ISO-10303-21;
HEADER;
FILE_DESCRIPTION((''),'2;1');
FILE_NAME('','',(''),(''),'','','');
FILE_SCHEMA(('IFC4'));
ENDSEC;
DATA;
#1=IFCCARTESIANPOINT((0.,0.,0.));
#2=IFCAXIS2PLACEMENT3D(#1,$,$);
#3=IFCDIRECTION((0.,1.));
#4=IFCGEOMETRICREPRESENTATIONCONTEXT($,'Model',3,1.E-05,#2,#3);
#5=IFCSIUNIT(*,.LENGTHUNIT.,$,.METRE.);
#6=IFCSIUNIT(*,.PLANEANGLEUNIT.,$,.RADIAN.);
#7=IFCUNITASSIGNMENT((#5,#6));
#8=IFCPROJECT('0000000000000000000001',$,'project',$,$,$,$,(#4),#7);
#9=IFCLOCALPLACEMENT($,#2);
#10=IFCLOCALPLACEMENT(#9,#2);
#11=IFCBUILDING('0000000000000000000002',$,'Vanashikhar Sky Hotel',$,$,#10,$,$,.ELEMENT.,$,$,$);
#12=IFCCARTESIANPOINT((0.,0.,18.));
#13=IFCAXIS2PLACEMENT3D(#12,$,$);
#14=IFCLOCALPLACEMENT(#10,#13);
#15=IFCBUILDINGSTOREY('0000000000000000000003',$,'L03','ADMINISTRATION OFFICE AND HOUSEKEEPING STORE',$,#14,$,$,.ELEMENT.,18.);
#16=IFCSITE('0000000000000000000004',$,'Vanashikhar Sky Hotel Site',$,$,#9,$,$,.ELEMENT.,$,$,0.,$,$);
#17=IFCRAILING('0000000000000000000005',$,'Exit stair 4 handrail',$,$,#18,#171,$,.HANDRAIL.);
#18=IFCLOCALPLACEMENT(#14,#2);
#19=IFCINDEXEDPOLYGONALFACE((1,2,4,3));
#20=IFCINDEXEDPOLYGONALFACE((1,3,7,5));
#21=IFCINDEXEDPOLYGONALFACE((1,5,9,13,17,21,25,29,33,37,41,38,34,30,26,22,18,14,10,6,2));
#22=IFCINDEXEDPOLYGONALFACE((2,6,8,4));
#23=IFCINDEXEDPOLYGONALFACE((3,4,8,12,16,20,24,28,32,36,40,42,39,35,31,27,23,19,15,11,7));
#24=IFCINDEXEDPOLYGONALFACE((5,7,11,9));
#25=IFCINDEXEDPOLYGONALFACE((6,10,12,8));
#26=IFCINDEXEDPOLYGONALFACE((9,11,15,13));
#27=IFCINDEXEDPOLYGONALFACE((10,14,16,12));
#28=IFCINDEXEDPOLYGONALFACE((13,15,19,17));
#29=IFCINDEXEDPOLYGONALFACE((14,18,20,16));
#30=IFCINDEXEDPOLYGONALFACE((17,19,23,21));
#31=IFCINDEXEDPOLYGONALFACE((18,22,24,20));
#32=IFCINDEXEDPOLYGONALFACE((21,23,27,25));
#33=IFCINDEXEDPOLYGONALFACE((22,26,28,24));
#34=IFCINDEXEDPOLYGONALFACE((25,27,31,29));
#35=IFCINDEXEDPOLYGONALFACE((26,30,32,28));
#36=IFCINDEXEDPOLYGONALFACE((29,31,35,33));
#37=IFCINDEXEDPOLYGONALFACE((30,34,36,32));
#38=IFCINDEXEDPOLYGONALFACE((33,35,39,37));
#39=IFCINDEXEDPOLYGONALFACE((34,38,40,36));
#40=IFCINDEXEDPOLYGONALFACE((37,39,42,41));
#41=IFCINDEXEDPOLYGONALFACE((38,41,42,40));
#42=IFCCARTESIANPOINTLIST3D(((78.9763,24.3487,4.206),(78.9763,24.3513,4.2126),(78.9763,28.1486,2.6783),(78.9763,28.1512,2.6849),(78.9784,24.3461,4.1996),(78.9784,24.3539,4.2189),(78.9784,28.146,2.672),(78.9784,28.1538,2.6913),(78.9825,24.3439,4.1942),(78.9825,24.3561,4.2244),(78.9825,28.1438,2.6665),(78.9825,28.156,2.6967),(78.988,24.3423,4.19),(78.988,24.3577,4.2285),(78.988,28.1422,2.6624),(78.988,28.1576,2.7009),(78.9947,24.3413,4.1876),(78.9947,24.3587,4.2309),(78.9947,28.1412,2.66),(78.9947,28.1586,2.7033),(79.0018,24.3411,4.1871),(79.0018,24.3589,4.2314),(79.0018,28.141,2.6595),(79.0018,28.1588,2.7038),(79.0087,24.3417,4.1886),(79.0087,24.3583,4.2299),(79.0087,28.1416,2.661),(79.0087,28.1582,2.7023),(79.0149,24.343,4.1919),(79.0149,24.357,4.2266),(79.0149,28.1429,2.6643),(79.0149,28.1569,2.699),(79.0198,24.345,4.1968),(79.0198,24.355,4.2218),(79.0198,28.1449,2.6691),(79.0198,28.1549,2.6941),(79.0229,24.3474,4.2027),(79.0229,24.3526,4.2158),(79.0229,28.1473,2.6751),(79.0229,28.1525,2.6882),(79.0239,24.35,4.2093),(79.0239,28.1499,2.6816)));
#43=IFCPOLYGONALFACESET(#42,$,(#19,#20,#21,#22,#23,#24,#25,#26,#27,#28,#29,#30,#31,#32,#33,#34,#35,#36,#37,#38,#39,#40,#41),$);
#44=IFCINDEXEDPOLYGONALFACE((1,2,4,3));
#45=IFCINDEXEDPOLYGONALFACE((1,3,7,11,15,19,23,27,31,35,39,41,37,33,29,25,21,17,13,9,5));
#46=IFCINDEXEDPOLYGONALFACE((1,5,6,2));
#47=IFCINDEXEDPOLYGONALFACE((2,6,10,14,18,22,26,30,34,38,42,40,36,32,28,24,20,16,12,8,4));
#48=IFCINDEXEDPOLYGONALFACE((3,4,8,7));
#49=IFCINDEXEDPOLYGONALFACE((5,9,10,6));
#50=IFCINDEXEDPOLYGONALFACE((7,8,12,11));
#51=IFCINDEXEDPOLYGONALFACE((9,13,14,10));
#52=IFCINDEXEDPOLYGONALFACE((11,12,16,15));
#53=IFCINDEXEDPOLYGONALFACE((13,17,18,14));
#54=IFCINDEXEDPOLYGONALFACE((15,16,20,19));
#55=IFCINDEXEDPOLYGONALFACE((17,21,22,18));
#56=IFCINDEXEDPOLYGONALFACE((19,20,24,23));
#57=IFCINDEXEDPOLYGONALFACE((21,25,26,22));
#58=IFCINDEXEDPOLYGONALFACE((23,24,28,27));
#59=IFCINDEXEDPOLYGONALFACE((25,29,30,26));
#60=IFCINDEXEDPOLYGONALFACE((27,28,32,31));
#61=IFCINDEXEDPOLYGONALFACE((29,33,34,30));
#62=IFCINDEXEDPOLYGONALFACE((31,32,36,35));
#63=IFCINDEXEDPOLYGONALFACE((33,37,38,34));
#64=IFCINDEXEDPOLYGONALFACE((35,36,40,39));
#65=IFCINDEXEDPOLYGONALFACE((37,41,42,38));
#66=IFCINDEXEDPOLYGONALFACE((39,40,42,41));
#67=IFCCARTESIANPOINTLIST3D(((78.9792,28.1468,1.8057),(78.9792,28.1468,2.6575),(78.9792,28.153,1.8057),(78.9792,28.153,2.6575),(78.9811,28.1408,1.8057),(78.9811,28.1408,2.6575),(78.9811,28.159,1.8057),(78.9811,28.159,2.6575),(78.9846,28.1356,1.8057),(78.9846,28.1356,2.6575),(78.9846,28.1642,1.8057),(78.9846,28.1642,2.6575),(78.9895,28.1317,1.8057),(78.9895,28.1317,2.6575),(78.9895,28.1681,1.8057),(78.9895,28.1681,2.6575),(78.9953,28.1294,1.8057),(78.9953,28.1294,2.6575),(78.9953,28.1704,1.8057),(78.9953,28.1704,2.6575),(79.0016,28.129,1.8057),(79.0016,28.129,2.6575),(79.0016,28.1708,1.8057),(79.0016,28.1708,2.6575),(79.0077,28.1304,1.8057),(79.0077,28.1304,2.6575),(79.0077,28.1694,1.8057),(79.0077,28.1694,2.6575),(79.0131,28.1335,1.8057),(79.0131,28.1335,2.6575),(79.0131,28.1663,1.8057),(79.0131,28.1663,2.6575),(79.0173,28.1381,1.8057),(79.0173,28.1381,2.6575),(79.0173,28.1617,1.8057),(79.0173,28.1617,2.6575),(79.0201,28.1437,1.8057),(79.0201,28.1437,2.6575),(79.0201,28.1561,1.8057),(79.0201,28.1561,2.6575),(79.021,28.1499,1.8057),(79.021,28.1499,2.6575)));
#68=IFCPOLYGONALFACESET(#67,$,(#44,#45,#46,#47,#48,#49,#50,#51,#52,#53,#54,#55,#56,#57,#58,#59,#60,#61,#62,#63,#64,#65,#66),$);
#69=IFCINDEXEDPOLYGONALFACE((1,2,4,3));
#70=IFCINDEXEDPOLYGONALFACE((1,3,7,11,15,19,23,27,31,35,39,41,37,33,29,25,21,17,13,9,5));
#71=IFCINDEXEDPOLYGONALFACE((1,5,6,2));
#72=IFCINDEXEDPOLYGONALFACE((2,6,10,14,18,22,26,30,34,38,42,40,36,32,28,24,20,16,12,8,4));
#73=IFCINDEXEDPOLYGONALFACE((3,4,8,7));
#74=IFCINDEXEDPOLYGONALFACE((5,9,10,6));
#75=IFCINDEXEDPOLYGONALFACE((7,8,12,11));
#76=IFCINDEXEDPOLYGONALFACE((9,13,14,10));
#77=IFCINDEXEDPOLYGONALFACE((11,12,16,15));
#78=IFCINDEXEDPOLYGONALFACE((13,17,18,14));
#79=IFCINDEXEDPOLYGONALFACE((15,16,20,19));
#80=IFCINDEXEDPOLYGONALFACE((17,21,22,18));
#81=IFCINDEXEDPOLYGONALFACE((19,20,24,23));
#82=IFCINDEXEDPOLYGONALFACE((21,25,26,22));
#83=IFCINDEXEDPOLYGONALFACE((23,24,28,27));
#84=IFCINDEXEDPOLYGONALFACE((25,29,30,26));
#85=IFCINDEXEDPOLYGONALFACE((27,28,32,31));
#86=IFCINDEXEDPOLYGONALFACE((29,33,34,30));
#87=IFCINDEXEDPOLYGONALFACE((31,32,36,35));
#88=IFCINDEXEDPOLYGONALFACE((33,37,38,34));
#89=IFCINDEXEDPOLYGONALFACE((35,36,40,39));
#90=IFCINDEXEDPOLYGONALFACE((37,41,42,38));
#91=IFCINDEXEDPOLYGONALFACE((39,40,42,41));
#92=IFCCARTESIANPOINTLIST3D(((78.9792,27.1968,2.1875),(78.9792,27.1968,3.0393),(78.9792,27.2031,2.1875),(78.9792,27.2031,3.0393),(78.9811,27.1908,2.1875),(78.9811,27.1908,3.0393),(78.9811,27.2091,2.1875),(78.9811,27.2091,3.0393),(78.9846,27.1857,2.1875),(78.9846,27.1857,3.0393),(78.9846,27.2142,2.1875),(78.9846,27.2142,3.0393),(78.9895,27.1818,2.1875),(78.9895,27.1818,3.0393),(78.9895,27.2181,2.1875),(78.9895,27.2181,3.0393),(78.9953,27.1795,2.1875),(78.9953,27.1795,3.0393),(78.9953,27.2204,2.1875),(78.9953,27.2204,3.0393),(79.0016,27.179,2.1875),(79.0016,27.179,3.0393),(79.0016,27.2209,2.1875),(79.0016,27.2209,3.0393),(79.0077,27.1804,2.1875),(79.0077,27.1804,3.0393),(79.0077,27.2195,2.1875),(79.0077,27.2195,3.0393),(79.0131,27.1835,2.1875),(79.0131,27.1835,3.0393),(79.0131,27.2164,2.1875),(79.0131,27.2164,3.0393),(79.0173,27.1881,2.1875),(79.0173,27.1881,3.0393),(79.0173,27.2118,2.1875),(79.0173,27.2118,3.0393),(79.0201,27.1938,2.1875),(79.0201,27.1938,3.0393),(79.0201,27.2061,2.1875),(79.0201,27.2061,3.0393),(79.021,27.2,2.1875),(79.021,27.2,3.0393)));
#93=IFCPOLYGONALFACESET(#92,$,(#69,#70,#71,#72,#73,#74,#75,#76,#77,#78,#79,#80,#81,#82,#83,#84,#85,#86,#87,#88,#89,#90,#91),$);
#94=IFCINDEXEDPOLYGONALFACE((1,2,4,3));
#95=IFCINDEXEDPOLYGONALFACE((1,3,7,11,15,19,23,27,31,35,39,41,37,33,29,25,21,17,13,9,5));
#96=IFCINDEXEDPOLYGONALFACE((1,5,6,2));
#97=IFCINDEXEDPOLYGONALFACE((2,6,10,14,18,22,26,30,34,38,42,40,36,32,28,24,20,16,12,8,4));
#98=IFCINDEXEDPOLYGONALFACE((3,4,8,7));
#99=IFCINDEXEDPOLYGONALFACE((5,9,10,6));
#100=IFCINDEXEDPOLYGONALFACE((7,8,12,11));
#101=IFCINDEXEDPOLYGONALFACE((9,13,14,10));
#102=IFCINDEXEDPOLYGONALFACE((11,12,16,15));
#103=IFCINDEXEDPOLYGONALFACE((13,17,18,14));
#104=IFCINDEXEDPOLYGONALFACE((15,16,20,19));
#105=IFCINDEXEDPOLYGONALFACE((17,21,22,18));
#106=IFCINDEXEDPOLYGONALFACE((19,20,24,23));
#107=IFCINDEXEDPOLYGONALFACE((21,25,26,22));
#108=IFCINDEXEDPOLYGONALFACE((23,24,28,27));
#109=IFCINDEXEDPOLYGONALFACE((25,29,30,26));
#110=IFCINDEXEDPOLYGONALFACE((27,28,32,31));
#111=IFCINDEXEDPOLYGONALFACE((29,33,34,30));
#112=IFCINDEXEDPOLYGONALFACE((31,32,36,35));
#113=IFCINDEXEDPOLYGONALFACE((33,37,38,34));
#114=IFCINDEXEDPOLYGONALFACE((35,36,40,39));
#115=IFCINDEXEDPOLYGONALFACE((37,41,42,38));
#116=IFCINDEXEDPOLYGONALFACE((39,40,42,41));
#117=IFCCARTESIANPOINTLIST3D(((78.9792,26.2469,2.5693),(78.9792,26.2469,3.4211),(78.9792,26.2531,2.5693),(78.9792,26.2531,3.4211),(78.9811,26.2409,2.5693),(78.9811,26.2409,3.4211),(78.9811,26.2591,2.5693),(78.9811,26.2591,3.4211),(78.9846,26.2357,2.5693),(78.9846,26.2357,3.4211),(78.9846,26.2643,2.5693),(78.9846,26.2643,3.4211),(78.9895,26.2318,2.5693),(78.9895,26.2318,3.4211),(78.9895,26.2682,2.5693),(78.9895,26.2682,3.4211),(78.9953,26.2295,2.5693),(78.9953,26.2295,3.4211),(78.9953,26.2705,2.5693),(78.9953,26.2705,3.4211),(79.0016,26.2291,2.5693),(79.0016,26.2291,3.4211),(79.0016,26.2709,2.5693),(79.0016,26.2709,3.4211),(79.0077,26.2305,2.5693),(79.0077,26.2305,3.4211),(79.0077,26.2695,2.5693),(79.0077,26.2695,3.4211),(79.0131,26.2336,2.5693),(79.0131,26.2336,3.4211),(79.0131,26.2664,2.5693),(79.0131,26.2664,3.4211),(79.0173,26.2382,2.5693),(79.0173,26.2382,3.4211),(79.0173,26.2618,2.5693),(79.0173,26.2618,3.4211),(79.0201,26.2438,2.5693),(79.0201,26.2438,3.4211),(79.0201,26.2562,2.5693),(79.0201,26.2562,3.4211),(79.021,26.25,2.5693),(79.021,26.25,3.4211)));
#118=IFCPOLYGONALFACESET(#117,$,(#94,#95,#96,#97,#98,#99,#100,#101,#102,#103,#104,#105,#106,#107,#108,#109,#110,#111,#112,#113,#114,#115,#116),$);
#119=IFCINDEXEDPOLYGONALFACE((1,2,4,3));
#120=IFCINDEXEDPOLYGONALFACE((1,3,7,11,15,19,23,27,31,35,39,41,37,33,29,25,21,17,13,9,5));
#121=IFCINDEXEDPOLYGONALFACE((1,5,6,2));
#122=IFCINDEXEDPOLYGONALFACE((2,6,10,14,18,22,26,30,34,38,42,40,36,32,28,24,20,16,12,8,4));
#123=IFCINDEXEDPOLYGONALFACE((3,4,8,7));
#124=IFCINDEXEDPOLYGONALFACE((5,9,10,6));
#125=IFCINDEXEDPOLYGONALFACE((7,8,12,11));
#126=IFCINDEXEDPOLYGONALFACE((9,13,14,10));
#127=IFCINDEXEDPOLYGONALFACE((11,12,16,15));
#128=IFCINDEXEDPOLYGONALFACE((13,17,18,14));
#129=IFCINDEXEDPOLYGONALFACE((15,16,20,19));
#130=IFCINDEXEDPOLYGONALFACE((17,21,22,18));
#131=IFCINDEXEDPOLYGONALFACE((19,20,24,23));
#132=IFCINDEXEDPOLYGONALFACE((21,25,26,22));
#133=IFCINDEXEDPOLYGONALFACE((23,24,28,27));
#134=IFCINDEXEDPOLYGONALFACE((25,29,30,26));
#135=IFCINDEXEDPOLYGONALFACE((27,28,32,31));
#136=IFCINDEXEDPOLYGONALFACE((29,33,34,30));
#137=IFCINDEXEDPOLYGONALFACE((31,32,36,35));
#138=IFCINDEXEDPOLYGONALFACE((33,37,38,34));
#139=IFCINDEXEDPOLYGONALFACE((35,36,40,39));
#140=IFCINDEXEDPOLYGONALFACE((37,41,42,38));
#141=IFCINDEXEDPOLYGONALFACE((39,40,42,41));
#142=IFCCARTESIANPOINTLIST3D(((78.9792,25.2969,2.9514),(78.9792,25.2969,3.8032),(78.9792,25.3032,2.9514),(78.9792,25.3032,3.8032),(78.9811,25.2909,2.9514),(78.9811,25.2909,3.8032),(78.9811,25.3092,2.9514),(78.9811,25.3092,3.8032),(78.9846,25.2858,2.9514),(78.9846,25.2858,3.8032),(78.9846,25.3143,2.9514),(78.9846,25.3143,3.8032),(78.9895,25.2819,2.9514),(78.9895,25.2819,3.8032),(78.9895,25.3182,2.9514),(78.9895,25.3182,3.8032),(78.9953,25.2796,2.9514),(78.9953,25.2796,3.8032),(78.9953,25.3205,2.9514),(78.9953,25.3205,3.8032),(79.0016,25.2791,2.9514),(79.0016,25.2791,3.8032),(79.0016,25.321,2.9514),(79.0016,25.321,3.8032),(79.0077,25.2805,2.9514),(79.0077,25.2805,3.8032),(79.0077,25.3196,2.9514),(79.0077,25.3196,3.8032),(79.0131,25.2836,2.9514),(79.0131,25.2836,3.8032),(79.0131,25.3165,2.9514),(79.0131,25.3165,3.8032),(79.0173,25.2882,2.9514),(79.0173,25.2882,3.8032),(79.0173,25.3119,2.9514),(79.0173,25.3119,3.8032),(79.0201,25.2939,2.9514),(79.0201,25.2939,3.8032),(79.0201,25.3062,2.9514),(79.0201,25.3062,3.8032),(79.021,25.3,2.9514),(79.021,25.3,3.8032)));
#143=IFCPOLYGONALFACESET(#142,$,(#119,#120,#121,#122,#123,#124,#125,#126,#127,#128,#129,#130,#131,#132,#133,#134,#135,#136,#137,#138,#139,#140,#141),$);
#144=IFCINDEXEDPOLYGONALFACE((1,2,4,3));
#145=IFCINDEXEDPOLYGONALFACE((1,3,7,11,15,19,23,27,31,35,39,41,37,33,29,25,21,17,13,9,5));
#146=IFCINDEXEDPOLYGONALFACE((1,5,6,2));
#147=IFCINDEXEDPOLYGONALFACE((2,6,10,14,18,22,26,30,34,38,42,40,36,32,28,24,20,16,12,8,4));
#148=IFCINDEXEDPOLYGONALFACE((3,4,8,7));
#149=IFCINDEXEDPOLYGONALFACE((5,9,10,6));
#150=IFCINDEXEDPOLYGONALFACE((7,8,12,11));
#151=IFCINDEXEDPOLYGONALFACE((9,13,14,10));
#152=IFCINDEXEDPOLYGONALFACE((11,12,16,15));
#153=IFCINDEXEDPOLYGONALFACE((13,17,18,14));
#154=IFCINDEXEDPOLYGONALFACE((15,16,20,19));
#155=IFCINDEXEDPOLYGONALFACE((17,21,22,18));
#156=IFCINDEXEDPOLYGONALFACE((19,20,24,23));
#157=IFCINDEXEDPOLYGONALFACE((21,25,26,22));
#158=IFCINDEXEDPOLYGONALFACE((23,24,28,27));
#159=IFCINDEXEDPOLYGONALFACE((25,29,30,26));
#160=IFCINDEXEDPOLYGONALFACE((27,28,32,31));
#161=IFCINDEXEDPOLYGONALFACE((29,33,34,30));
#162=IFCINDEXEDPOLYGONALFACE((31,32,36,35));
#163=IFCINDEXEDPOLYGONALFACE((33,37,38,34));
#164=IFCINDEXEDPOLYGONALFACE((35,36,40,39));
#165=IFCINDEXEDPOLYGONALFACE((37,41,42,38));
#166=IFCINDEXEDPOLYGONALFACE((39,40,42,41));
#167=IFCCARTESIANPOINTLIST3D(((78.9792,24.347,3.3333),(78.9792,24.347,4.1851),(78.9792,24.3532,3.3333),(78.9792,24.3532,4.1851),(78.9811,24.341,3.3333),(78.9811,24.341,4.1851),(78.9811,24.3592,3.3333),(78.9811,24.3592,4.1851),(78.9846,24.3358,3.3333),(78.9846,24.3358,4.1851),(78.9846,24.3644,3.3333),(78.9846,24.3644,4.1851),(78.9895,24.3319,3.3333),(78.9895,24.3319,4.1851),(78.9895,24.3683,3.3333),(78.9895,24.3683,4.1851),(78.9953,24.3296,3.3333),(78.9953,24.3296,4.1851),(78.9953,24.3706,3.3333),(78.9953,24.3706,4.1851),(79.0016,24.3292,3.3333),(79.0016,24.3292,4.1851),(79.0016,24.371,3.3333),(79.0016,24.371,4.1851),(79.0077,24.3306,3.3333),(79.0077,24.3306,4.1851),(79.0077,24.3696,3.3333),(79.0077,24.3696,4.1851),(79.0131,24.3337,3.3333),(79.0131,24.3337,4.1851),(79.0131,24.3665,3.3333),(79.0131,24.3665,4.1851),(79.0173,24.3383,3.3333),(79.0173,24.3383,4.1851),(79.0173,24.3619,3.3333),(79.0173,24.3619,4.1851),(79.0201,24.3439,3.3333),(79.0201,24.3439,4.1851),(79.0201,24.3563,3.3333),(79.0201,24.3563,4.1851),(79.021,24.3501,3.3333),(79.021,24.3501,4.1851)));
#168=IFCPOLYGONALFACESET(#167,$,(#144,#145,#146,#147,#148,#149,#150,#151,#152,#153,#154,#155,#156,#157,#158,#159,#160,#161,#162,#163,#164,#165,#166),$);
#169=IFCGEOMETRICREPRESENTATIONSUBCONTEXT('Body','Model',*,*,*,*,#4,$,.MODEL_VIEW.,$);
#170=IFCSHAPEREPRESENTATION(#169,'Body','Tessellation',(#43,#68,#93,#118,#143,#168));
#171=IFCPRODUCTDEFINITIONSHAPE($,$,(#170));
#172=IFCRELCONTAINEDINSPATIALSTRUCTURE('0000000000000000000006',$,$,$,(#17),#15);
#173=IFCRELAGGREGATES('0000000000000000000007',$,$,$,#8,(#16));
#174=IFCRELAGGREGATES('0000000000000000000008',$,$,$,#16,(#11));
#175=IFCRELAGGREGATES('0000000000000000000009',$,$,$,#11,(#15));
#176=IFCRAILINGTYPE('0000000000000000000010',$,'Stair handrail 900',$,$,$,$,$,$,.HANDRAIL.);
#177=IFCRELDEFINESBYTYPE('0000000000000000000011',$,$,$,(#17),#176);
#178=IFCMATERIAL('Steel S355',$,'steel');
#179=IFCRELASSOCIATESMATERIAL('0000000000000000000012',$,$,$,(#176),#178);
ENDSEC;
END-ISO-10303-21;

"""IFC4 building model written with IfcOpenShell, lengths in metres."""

from ifc_helpers import new_model, si_unit, direction, frame, origin, origin_2d, place, context, subcontext, project, spatial, circle, extrude, source, transform, mapped, material, type_object, element, save


model = new_model("IFC4")

# Units and contexts
model_context = context("Model", 3, precision=1e-05, world=origin(), true_north=direction((0.0, 1.0)))
body_context = subcontext(model_context, "Body", "Model", "MODEL_VIEW")
ifc_project = project(units=[si_unit("LENGTHUNIT", "METRE"), si_unit("PLANEANGLEUNIT", "RADIAN")], contexts=[model_context])

# Site, building, storey
site_placement = place(None, origin())
site = spatial("IfcSite", under=ifc_project, at=site_placement, Name="Vanashikhar Sky Hotel Site", CompositionType="ELEMENT", RefElevation=0.0)
building_placement = place(site_placement, origin())
building = spatial("IfcBuilding", under=site, at=building_placement, Name="Vanashikhar Sky Hotel", CompositionType="ELEMENT")
storey_placement = place(building_placement, frame((0.0, 0.0, 18.0)))
storey = spatial("IfcBuildingStorey", under=building, at=storey_placement, Name="L03", Description="ADMINISTRATION OFFICE AND HOUSEKEEPING STORE", CompositionType="ELEMENT", Elevation=18.0)

# Railing
ifc_material_1 = material(Name="Steel S355", Category="steel")
railing_type_1 = type_object("IfcRailingType", Name="Stair handrail 900", PredefinedType="HANDRAIL", material=ifc_material_1)
shared_shape_1 = source(origin(), body_context, "Body", "SweptSolid", [
    extrude(circle(Radius=0.0239, at=origin_2d()), frame((0.0, 0.0, 0.876), z_axis=(0.0, -0.92783, 0.373004), x_axis=(1.0, 0.0, 0.0)), (0.0, 0.0, 1.0), 4.0955),
    extrude(circle(Radius=0.021, at=origin_2d()), origin(), (0.0, 0.0, 1.0), 0.8518),
    extrude(circle(Radius=0.021, at=origin_2d()), frame((0.0, -0.95, 0.3818)), (0.0, 0.0, 1.0), 0.8518),
    extrude(circle(Radius=0.021, at=origin_2d()), frame((0.0, -1.8999, 0.7637)), (0.0, 0.0, 1.0), 0.8518),
    extrude(circle(Radius=0.021, at=origin_2d()), frame((0.0, -2.8499, 1.1458)), (0.0, 0.0, 1.0), 0.8518),
    extrude(circle(Radius=0.021, at=origin_2d()), frame((0.0, -3.7998, 1.5276)), (0.0, 0.0, 1.0), 0.8518),
])
railing_1_placement = place(storey_placement, frame((79.0, 28.1499, 1.8057)))
element("IfcRailing", 1, at=railing_1_placement, inside=storey, type_object=railing_type_1, Name="Exit stair 4 handrail", PredefinedType="HANDRAIL", context=body_context, shape_type="MappedRepresentation", body=[
    mapped(shared_shape_1, transform((0.0, 0.0, 0.0), scale=1.0)),
])

save(model, "model.ifc")
